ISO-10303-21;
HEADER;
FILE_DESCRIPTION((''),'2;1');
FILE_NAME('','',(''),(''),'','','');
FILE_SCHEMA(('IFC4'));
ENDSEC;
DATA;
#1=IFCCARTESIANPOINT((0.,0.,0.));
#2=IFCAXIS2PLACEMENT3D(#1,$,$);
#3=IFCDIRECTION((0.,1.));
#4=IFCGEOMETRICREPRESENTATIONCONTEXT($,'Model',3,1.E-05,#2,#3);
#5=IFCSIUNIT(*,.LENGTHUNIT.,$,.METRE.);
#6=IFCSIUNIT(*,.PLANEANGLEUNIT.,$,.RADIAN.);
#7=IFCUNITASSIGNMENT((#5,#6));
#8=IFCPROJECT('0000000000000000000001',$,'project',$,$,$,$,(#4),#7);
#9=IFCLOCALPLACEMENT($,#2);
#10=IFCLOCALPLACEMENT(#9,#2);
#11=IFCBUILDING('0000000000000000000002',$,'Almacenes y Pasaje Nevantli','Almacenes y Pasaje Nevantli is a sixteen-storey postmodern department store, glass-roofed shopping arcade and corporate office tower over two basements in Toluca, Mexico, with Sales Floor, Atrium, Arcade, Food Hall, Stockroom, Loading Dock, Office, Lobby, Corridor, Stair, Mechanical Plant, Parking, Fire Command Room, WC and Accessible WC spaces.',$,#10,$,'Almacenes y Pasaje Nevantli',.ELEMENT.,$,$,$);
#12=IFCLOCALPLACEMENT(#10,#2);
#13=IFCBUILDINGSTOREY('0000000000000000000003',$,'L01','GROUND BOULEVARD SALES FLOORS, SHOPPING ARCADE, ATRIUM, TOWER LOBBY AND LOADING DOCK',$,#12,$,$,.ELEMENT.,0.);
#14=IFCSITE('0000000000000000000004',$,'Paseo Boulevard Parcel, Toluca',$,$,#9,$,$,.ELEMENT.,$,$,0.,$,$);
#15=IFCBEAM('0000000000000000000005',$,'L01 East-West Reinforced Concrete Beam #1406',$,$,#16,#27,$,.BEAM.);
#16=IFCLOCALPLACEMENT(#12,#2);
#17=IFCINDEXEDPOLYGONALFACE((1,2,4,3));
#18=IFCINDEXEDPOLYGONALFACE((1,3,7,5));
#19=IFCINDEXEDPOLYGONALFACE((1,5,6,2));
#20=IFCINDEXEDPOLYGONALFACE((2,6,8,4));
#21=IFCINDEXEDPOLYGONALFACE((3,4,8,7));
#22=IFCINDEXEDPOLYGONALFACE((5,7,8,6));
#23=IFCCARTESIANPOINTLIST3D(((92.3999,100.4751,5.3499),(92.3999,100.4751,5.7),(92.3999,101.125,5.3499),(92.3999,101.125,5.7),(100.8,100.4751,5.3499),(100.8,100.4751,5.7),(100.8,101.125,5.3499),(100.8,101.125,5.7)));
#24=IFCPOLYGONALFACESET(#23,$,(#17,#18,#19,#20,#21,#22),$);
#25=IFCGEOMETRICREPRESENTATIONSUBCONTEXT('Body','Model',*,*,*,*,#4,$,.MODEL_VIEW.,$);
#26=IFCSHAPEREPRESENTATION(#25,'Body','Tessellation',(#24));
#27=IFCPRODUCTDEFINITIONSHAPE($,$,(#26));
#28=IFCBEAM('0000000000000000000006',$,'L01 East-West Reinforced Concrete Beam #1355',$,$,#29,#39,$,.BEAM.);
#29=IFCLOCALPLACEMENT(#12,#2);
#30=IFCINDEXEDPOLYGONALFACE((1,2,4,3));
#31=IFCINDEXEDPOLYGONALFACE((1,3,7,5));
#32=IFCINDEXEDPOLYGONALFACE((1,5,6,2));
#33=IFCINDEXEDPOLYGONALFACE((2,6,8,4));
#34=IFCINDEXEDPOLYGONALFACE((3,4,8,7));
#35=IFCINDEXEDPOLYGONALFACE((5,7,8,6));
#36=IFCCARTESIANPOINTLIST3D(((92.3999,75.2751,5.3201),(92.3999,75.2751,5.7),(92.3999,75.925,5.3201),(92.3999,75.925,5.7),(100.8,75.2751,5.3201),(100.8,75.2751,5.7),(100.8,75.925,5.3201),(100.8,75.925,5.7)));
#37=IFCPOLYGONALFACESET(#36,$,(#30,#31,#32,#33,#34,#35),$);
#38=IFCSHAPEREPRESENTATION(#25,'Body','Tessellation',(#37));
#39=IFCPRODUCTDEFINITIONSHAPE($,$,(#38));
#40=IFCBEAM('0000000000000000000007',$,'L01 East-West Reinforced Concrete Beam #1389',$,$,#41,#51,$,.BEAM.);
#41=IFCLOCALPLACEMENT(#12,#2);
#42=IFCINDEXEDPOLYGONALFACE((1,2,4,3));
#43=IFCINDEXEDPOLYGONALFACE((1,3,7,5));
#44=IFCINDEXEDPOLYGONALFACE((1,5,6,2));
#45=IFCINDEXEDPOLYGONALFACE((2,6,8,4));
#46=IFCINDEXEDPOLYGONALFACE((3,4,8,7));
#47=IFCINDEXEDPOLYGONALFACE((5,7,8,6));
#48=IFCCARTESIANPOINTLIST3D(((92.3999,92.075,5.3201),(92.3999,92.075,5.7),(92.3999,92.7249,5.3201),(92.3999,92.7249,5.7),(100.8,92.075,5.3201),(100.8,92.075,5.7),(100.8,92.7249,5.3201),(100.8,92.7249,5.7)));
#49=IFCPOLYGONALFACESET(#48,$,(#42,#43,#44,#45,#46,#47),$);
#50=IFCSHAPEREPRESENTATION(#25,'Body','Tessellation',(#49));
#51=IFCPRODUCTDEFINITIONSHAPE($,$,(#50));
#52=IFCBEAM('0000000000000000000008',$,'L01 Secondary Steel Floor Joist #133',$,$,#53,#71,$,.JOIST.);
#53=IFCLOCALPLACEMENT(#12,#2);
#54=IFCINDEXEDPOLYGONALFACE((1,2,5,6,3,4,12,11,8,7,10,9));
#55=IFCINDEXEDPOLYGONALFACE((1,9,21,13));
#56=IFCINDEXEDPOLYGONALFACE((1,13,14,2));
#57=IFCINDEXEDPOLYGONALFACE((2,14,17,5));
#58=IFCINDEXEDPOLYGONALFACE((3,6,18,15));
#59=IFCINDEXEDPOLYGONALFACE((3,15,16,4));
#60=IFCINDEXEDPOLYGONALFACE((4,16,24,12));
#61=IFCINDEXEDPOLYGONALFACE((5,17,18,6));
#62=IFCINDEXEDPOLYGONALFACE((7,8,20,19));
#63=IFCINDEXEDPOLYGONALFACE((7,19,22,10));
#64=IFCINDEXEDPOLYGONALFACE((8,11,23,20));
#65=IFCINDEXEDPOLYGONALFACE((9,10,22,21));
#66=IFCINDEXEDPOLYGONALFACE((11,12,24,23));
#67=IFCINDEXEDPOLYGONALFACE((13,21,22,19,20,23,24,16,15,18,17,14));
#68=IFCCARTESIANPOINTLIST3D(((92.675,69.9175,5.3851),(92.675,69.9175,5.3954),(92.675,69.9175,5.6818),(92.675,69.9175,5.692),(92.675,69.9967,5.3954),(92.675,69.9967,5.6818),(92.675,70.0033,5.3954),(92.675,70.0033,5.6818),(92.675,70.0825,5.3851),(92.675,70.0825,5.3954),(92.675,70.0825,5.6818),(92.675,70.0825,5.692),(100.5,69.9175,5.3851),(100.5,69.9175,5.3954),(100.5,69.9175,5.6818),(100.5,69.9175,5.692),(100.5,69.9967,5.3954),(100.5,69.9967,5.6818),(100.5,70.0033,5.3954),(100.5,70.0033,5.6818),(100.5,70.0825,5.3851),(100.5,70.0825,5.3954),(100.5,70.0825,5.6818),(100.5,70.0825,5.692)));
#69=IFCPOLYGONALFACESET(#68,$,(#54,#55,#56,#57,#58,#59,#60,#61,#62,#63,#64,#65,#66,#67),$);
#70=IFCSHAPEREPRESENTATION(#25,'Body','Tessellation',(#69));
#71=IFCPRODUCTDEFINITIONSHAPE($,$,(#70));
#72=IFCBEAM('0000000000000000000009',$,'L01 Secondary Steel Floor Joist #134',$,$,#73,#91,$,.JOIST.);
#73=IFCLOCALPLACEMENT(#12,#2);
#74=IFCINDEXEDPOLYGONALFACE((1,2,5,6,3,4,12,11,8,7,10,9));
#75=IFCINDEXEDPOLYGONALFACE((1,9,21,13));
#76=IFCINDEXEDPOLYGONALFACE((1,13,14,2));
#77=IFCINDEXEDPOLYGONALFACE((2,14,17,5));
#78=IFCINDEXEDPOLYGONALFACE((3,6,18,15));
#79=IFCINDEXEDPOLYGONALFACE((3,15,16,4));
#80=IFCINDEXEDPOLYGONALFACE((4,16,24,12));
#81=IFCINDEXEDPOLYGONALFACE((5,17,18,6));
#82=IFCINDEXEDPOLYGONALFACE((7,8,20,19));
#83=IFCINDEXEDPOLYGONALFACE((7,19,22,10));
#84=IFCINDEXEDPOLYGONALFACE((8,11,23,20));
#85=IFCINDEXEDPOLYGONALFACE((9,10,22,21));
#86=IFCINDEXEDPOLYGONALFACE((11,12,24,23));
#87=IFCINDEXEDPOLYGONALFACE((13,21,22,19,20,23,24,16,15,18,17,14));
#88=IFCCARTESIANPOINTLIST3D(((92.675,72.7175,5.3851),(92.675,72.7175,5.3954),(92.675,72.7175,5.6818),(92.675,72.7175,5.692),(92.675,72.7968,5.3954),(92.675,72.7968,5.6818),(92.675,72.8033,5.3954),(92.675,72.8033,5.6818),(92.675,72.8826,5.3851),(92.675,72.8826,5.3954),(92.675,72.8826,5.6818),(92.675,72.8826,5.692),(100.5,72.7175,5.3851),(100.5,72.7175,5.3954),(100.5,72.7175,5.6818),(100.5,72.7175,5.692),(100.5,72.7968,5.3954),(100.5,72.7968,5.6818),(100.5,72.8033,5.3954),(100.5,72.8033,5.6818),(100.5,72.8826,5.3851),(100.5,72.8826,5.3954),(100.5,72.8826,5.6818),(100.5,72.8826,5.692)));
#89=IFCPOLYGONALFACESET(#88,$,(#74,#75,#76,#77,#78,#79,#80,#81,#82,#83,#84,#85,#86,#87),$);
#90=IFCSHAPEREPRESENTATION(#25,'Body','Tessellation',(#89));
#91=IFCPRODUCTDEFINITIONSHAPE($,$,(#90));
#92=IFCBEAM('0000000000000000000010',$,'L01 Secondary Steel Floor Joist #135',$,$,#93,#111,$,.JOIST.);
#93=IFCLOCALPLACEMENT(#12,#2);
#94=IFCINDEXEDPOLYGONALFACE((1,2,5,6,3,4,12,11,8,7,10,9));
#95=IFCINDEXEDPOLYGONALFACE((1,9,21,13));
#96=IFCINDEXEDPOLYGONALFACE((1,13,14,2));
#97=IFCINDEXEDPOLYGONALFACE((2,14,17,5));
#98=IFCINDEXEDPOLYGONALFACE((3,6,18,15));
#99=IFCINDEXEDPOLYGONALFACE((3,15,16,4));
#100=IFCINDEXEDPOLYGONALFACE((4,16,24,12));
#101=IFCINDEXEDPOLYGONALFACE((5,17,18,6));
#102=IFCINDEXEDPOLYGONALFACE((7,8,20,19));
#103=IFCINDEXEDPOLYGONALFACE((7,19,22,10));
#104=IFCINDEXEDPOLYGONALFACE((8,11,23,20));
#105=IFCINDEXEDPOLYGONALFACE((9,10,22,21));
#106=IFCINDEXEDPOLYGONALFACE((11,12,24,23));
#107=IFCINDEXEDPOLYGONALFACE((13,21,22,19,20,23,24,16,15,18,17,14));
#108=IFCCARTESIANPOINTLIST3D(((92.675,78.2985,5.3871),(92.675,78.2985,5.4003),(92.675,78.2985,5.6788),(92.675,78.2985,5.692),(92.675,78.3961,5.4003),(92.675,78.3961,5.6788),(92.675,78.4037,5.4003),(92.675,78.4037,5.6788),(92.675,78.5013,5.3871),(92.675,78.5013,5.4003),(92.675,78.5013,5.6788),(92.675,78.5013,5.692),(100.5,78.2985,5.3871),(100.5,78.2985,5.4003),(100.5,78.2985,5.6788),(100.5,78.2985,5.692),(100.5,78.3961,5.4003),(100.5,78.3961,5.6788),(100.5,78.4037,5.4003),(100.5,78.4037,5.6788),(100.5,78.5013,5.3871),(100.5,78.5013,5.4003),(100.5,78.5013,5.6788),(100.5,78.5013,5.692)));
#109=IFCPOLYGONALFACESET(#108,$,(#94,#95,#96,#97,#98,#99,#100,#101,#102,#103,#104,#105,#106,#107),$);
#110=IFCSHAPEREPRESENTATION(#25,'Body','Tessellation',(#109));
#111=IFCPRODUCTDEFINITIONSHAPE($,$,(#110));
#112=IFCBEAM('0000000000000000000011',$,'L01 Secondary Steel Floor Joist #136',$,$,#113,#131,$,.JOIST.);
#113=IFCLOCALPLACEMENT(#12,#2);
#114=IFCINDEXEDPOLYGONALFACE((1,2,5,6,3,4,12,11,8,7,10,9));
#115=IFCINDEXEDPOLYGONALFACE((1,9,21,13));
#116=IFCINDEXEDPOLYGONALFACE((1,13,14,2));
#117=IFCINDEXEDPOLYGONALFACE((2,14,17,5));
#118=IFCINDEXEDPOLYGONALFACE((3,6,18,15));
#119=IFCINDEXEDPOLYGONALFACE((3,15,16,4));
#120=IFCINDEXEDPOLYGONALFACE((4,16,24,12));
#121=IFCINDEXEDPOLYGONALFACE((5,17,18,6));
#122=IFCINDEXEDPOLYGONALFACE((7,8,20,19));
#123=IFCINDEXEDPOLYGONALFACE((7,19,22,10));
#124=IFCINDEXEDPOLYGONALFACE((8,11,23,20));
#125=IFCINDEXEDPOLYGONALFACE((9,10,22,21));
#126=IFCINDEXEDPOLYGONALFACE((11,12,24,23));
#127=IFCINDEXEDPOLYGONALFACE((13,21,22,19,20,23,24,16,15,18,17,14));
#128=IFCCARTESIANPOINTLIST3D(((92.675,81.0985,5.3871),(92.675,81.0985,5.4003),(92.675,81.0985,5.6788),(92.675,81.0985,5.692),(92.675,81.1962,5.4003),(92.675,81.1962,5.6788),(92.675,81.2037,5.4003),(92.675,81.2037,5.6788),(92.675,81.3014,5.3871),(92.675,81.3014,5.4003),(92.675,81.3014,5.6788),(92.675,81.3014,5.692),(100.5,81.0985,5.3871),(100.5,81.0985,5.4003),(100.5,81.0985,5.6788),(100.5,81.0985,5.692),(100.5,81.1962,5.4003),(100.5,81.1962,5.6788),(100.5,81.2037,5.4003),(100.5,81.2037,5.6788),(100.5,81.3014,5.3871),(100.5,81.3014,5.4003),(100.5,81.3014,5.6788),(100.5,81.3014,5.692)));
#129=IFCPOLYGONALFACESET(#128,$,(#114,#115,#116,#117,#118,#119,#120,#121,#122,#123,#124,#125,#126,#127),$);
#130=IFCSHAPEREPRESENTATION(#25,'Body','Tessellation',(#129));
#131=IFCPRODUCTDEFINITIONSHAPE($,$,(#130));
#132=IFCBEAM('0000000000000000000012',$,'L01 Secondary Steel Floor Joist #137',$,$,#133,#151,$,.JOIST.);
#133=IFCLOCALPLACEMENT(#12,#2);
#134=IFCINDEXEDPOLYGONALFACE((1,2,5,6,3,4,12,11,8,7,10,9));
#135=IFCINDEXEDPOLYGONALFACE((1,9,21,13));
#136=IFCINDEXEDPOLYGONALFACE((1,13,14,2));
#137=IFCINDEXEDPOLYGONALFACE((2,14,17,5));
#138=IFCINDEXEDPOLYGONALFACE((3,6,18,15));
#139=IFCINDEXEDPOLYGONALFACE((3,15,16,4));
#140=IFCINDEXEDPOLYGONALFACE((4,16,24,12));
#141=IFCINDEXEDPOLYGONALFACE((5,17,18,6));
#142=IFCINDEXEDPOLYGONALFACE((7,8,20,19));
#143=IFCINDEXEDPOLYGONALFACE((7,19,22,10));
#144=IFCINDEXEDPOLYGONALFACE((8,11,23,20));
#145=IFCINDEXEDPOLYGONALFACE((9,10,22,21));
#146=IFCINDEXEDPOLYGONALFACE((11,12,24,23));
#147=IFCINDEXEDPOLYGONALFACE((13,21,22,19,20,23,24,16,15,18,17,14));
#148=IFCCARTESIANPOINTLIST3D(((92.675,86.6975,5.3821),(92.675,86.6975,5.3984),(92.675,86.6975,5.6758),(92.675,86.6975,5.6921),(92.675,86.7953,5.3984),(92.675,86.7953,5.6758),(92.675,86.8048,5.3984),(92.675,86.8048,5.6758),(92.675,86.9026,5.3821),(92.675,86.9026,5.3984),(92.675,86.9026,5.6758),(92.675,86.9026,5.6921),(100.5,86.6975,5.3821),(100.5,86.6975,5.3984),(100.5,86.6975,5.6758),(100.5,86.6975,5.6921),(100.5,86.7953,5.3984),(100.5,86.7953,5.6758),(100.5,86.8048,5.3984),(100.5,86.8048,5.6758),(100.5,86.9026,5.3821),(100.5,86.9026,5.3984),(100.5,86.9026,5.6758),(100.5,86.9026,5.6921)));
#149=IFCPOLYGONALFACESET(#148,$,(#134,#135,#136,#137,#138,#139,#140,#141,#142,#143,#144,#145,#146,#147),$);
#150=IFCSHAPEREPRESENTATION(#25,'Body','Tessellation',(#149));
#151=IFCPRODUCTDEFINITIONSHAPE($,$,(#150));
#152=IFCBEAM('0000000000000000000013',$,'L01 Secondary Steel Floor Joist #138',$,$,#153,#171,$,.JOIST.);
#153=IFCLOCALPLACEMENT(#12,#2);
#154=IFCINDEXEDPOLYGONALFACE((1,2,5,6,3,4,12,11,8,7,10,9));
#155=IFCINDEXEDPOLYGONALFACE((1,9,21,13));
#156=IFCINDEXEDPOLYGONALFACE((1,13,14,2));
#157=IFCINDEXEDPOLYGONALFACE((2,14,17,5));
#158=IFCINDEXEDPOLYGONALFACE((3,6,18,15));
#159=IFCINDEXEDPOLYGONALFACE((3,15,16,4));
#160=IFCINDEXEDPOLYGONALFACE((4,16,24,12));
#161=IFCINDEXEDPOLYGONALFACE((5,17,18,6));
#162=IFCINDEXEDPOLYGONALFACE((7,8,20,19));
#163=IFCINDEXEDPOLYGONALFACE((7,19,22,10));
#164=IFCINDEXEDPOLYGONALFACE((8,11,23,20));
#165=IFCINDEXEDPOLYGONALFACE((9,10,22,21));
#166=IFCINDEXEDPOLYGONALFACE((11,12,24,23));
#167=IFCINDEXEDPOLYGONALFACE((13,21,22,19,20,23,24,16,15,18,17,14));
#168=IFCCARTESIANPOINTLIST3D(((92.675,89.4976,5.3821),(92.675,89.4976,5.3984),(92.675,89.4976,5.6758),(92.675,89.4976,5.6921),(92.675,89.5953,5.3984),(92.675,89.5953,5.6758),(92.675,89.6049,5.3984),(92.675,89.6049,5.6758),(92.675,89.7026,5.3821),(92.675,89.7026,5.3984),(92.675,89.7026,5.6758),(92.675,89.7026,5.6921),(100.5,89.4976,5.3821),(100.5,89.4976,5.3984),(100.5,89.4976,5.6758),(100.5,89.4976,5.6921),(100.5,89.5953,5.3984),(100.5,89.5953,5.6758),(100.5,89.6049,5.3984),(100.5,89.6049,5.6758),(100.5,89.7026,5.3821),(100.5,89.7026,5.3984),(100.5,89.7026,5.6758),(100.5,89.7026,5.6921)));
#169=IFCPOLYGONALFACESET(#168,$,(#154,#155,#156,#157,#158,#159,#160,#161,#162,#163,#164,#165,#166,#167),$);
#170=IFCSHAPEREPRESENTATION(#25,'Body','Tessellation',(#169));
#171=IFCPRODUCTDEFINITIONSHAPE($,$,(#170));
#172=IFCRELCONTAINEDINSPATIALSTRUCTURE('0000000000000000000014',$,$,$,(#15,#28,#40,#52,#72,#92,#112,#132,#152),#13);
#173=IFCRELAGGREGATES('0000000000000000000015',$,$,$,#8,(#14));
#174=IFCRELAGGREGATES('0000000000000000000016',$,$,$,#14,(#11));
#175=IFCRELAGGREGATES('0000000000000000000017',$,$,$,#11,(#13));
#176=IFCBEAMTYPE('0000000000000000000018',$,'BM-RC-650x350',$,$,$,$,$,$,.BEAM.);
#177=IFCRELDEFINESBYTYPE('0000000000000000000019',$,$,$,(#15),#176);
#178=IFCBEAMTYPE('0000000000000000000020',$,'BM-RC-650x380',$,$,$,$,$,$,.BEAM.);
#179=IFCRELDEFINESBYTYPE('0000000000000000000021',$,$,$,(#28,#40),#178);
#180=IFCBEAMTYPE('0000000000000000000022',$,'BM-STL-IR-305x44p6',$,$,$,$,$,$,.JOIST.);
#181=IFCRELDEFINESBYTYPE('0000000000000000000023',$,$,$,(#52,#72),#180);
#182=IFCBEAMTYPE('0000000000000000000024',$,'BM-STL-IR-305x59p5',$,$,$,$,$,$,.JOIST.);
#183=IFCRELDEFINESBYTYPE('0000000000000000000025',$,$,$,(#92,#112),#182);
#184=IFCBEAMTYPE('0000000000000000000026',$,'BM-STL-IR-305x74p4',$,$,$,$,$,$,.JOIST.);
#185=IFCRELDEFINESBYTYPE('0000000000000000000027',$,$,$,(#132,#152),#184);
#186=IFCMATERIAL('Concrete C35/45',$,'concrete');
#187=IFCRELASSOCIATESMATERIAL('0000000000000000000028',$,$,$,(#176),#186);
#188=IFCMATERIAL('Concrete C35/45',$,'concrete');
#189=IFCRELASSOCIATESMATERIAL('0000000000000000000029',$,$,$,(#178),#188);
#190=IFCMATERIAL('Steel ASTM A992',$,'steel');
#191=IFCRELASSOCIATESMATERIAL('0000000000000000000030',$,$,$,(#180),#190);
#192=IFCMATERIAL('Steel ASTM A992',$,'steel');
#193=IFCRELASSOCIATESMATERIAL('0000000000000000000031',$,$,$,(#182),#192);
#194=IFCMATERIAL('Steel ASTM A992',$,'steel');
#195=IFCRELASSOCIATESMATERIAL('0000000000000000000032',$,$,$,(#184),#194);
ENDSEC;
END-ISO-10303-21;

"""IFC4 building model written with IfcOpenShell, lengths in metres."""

from ifc_helpers import new_model, si_unit, direction, frame, origin, origin_2d, place, context, subcontext, project, spatial, rectangle, i_section, extrude, material, material_profile, profile_set, type_object, element, save


model = new_model("IFC4")

# Units and contexts
model_context = context("Model", 3, precision=1e-05, world=origin(), true_north=direction((0.0, 1.0)))
body_context = subcontext(model_context, "Body", "Model", "MODEL_VIEW")
ifc_project = project(units=[si_unit("LENGTHUNIT", "METRE"), si_unit("PLANEANGLEUNIT", "RADIAN")], contexts=[model_context])

# Site, building, storey
site_placement = place(None, origin())
site = spatial("IfcSite", under=ifc_project, at=site_placement, Name="Paseo Boulevard Parcel, Toluca", CompositionType="ELEMENT", RefElevation=0.0)
building_placement = place(site_placement, origin())
building = spatial("IfcBuilding", under=site, at=building_placement, Name="Almacenes y Pasaje Nevantli", Description="Almacenes y Pasaje Nevantli is a sixteen-storey postmodern department store, glass-roofed shopping arcade and corporate office tower over two basements in Toluca, Mexico, with Sales Floor, Atrium, Arcade, Food Hall, Stockroom, Loading Dock, Office, Lobby, Corridor, Stair, Mechanical Plant, Parking, Fire Command Room, WC and Accessible WC spaces.", LongName="Almacenes y Pasaje Nevantli", CompositionType="ELEMENT")
storey_placement = place(building_placement, origin())
storey = spatial("IfcBuildingStorey", under=building, at=storey_placement, Name="L01", Description="GROUND BOULEVARD SALES FLOORS, SHOPPING ARCADE, ATRIUM, TOWER LOBBY AND LOADING DOCK", CompositionType="ELEMENT", Elevation=0.0)

# Beams
ifc_material_1 = material(Name="Concrete C35/45", Category="concrete")
ifc_material_profile_1 = material_profile(ifc_material_1, rectangle(XDim=0.6499, YDim=0.3501, at=origin_2d()), Name="RC-BM-650x350")
ifc_profile_set_1 = profile_set([ifc_material_profile_1], Name="Concrete C35/45")
beam_type_1 = type_object("IfcBeamType", Name="BM-RC-650x350", PredefinedType="BEAM", material=ifc_profile_set_1)
for number, where, z_axis, x_axis, name in (
    (1, (92.3999, 100.8, 5.5249), (1.0, 0.0, 0.0), (0.0, 1.0, 0.0), "L01 East-West Reinforced Concrete Beam #1406"),
):
    element("IfcBeam", number, at=place(storey_placement, frame(where, z_axis=z_axis, x_axis=x_axis)), inside=storey, type_object=beam_type_1, Name=name, PredefinedType="BEAM", context=body_context, shape_type="SweptSolid", body=[
        extrude(rectangle(XDim=0.6499, YDim=0.3501, at=origin_2d()), origin(), (0.0, 0.0, 1.0), 8.4001),
    ])
ifc_material_2 = material(Name="Concrete C35/45", Category="concrete")
ifc_material_profile_2 = material_profile(ifc_material_2, rectangle(XDim=0.6499, YDim=0.3799, at=origin_2d()), Name="RC-BM-650x380")
ifc_profile_set_2 = profile_set([ifc_material_profile_2], Name="Concrete C35/45")
beam_type_2 = type_object("IfcBeamType", Name="BM-RC-650x380", PredefinedType="BEAM", material=ifc_profile_set_2)
for number, where, z_axis, x_axis, name in (
    (2, (92.3999, 75.6001, 5.51), (1.0, 0.0, 0.0), (0.0, 1.0, 0.0), "L01 East-West Reinforced Concrete Beam #1355"),
    (3, (92.3999, 92.3999, 5.51), (1.0, 0.0, 0.0), (0.0, 1.0, 0.0), "L01 East-West Reinforced Concrete Beam #1389"),
):
    element("IfcBeam", number, at=place(storey_placement, frame(where, z_axis=z_axis, x_axis=x_axis)), inside=storey, type_object=beam_type_2, Name=name, PredefinedType="BEAM", context=body_context, shape_type="SweptSolid", body=[
        extrude(rectangle(XDim=0.6499, YDim=0.3799, at=origin_2d()), origin(), (0.0, 0.0, 1.0), 8.4001),
    ])
ifc_material_3 = material(Name="Steel ASTM A992", Category="steel")
ifc_material_profile_3 = material_profile(ifc_material_3, i_section(OverallWidth=0.165, OverallDepth=0.3069, WebThickness=0.0066, FlangeThickness=0.0103, at=origin_2d()), Name="IR 305x44.6")
ifc_profile_set_3 = profile_set([ifc_material_profile_3], Name="Steel ASTM A992")
beam_type_3 = type_object("IfcBeamType", Name="BM-STL-IR-305x44p6", PredefinedType="JOIST", material=ifc_profile_set_3)
for number, where, z_axis, x_axis, name in (
    (4, (92.675, 70.0, 5.5386), (1.0, 0.0, 0.0), (0.0, 1.0, 0.0), "L01 Secondary Steel Floor Joist #133"),
    (5, (92.675, 72.8, 5.5386), (1.0, 0.0, 0.0), (0.0, 1.0, 0.0), "L01 Secondary Steel Floor Joist #134"),
):
    element("IfcBeam", number, at=place(storey_placement, frame(where, z_axis=z_axis, x_axis=x_axis)), inside=storey, type_object=beam_type_3, Name=name, PredefinedType="JOIST", context=body_context, shape_type="SweptSolid", body=[
        extrude(i_section(OverallWidth=0.165, OverallDepth=0.3069, WebThickness=0.0066, FlangeThickness=0.0103, at=origin_2d()), origin(), (0.0, 0.0, 1.0), 7.825),
    ])
ifc_material_4 = material(Name="Steel ASTM A992", Category="steel")
ifc_material_profile_4 = material_profile(ifc_material_4, i_section(OverallWidth=0.2029, OverallDepth=0.3049, WebThickness=0.0076, FlangeThickness=0.0132, at=origin_2d()), Name="IR 305x59.5")
ifc_profile_set_4 = profile_set([ifc_material_profile_4], Name="Steel ASTM A992")
beam_type_4 = type_object("IfcBeamType", Name="BM-STL-IR-305x59p5", PredefinedType="JOIST", material=ifc_profile_set_4)
for number, where, z_axis, x_axis, name in (
    (6, (92.675, 78.3999, 5.5396), (1.0, 0.0, 0.0), (0.0, 1.0, 0.0), "L01 Secondary Steel Floor Joist #135"),
    (7, (92.675, 81.2, 5.5396), (1.0, 0.0, 0.0), (0.0, 1.0, 0.0), "L01 Secondary Steel Floor Joist #136"),
):
    element("IfcBeam", number, at=place(storey_placement, frame(where, z_axis=z_axis, x_axis=x_axis)), inside=storey, type_object=beam_type_4, Name=name, PredefinedType="JOIST", context=body_context, shape_type="SweptSolid", body=[
        extrude(i_section(OverallWidth=0.2029, OverallDepth=0.3049, WebThickness=0.0076, FlangeThickness=0.0132, at=origin_2d()), origin(), (0.0, 0.0, 1.0), 7.825),
    ])
ifc_material_5 = material(Name="Steel ASTM A992", Category="steel")
ifc_material_profile_5 = material_profile(ifc_material_5, i_section(OverallWidth=0.2051, OverallDepth=0.3101, WebThickness=0.0095, FlangeThickness=0.0164, at=origin_2d()), Name="IR 305x74.4")
ifc_profile_set_5 = profile_set([ifc_material_profile_5], Name="Steel ASTM A992")
beam_type_5 = type_object("IfcBeamType", Name="BM-STL-IR-305x74p4", PredefinedType="JOIST", material=ifc_profile_set_5)
for number, where, z_axis, x_axis, name in (
    (8, (92.675, 86.8, 5.5371), (1.0, 0.0, 0.0), (0.0, 1.0, 0.0), "L01 Secondary Steel Floor Joist #137"),
    (9, (92.675, 89.6001, 5.5371), (1.0, 0.0, 0.0), (0.0, 1.0, 0.0), "L01 Secondary Steel Floor Joist #138"),
):
    element("IfcBeam", number, at=place(storey_placement, frame(where, z_axis=z_axis, x_axis=x_axis)), inside=storey, type_object=beam_type_5, Name=name, PredefinedType="JOIST", context=body_context, shape_type="SweptSolid", body=[
        extrude(i_section(OverallWidth=0.2051, OverallDepth=0.3101, WebThickness=0.0095, FlangeThickness=0.0164, at=origin_2d()), origin(), (0.0, 0.0, 1.0), 7.825),
    ])

save(model, "model.ifc")
